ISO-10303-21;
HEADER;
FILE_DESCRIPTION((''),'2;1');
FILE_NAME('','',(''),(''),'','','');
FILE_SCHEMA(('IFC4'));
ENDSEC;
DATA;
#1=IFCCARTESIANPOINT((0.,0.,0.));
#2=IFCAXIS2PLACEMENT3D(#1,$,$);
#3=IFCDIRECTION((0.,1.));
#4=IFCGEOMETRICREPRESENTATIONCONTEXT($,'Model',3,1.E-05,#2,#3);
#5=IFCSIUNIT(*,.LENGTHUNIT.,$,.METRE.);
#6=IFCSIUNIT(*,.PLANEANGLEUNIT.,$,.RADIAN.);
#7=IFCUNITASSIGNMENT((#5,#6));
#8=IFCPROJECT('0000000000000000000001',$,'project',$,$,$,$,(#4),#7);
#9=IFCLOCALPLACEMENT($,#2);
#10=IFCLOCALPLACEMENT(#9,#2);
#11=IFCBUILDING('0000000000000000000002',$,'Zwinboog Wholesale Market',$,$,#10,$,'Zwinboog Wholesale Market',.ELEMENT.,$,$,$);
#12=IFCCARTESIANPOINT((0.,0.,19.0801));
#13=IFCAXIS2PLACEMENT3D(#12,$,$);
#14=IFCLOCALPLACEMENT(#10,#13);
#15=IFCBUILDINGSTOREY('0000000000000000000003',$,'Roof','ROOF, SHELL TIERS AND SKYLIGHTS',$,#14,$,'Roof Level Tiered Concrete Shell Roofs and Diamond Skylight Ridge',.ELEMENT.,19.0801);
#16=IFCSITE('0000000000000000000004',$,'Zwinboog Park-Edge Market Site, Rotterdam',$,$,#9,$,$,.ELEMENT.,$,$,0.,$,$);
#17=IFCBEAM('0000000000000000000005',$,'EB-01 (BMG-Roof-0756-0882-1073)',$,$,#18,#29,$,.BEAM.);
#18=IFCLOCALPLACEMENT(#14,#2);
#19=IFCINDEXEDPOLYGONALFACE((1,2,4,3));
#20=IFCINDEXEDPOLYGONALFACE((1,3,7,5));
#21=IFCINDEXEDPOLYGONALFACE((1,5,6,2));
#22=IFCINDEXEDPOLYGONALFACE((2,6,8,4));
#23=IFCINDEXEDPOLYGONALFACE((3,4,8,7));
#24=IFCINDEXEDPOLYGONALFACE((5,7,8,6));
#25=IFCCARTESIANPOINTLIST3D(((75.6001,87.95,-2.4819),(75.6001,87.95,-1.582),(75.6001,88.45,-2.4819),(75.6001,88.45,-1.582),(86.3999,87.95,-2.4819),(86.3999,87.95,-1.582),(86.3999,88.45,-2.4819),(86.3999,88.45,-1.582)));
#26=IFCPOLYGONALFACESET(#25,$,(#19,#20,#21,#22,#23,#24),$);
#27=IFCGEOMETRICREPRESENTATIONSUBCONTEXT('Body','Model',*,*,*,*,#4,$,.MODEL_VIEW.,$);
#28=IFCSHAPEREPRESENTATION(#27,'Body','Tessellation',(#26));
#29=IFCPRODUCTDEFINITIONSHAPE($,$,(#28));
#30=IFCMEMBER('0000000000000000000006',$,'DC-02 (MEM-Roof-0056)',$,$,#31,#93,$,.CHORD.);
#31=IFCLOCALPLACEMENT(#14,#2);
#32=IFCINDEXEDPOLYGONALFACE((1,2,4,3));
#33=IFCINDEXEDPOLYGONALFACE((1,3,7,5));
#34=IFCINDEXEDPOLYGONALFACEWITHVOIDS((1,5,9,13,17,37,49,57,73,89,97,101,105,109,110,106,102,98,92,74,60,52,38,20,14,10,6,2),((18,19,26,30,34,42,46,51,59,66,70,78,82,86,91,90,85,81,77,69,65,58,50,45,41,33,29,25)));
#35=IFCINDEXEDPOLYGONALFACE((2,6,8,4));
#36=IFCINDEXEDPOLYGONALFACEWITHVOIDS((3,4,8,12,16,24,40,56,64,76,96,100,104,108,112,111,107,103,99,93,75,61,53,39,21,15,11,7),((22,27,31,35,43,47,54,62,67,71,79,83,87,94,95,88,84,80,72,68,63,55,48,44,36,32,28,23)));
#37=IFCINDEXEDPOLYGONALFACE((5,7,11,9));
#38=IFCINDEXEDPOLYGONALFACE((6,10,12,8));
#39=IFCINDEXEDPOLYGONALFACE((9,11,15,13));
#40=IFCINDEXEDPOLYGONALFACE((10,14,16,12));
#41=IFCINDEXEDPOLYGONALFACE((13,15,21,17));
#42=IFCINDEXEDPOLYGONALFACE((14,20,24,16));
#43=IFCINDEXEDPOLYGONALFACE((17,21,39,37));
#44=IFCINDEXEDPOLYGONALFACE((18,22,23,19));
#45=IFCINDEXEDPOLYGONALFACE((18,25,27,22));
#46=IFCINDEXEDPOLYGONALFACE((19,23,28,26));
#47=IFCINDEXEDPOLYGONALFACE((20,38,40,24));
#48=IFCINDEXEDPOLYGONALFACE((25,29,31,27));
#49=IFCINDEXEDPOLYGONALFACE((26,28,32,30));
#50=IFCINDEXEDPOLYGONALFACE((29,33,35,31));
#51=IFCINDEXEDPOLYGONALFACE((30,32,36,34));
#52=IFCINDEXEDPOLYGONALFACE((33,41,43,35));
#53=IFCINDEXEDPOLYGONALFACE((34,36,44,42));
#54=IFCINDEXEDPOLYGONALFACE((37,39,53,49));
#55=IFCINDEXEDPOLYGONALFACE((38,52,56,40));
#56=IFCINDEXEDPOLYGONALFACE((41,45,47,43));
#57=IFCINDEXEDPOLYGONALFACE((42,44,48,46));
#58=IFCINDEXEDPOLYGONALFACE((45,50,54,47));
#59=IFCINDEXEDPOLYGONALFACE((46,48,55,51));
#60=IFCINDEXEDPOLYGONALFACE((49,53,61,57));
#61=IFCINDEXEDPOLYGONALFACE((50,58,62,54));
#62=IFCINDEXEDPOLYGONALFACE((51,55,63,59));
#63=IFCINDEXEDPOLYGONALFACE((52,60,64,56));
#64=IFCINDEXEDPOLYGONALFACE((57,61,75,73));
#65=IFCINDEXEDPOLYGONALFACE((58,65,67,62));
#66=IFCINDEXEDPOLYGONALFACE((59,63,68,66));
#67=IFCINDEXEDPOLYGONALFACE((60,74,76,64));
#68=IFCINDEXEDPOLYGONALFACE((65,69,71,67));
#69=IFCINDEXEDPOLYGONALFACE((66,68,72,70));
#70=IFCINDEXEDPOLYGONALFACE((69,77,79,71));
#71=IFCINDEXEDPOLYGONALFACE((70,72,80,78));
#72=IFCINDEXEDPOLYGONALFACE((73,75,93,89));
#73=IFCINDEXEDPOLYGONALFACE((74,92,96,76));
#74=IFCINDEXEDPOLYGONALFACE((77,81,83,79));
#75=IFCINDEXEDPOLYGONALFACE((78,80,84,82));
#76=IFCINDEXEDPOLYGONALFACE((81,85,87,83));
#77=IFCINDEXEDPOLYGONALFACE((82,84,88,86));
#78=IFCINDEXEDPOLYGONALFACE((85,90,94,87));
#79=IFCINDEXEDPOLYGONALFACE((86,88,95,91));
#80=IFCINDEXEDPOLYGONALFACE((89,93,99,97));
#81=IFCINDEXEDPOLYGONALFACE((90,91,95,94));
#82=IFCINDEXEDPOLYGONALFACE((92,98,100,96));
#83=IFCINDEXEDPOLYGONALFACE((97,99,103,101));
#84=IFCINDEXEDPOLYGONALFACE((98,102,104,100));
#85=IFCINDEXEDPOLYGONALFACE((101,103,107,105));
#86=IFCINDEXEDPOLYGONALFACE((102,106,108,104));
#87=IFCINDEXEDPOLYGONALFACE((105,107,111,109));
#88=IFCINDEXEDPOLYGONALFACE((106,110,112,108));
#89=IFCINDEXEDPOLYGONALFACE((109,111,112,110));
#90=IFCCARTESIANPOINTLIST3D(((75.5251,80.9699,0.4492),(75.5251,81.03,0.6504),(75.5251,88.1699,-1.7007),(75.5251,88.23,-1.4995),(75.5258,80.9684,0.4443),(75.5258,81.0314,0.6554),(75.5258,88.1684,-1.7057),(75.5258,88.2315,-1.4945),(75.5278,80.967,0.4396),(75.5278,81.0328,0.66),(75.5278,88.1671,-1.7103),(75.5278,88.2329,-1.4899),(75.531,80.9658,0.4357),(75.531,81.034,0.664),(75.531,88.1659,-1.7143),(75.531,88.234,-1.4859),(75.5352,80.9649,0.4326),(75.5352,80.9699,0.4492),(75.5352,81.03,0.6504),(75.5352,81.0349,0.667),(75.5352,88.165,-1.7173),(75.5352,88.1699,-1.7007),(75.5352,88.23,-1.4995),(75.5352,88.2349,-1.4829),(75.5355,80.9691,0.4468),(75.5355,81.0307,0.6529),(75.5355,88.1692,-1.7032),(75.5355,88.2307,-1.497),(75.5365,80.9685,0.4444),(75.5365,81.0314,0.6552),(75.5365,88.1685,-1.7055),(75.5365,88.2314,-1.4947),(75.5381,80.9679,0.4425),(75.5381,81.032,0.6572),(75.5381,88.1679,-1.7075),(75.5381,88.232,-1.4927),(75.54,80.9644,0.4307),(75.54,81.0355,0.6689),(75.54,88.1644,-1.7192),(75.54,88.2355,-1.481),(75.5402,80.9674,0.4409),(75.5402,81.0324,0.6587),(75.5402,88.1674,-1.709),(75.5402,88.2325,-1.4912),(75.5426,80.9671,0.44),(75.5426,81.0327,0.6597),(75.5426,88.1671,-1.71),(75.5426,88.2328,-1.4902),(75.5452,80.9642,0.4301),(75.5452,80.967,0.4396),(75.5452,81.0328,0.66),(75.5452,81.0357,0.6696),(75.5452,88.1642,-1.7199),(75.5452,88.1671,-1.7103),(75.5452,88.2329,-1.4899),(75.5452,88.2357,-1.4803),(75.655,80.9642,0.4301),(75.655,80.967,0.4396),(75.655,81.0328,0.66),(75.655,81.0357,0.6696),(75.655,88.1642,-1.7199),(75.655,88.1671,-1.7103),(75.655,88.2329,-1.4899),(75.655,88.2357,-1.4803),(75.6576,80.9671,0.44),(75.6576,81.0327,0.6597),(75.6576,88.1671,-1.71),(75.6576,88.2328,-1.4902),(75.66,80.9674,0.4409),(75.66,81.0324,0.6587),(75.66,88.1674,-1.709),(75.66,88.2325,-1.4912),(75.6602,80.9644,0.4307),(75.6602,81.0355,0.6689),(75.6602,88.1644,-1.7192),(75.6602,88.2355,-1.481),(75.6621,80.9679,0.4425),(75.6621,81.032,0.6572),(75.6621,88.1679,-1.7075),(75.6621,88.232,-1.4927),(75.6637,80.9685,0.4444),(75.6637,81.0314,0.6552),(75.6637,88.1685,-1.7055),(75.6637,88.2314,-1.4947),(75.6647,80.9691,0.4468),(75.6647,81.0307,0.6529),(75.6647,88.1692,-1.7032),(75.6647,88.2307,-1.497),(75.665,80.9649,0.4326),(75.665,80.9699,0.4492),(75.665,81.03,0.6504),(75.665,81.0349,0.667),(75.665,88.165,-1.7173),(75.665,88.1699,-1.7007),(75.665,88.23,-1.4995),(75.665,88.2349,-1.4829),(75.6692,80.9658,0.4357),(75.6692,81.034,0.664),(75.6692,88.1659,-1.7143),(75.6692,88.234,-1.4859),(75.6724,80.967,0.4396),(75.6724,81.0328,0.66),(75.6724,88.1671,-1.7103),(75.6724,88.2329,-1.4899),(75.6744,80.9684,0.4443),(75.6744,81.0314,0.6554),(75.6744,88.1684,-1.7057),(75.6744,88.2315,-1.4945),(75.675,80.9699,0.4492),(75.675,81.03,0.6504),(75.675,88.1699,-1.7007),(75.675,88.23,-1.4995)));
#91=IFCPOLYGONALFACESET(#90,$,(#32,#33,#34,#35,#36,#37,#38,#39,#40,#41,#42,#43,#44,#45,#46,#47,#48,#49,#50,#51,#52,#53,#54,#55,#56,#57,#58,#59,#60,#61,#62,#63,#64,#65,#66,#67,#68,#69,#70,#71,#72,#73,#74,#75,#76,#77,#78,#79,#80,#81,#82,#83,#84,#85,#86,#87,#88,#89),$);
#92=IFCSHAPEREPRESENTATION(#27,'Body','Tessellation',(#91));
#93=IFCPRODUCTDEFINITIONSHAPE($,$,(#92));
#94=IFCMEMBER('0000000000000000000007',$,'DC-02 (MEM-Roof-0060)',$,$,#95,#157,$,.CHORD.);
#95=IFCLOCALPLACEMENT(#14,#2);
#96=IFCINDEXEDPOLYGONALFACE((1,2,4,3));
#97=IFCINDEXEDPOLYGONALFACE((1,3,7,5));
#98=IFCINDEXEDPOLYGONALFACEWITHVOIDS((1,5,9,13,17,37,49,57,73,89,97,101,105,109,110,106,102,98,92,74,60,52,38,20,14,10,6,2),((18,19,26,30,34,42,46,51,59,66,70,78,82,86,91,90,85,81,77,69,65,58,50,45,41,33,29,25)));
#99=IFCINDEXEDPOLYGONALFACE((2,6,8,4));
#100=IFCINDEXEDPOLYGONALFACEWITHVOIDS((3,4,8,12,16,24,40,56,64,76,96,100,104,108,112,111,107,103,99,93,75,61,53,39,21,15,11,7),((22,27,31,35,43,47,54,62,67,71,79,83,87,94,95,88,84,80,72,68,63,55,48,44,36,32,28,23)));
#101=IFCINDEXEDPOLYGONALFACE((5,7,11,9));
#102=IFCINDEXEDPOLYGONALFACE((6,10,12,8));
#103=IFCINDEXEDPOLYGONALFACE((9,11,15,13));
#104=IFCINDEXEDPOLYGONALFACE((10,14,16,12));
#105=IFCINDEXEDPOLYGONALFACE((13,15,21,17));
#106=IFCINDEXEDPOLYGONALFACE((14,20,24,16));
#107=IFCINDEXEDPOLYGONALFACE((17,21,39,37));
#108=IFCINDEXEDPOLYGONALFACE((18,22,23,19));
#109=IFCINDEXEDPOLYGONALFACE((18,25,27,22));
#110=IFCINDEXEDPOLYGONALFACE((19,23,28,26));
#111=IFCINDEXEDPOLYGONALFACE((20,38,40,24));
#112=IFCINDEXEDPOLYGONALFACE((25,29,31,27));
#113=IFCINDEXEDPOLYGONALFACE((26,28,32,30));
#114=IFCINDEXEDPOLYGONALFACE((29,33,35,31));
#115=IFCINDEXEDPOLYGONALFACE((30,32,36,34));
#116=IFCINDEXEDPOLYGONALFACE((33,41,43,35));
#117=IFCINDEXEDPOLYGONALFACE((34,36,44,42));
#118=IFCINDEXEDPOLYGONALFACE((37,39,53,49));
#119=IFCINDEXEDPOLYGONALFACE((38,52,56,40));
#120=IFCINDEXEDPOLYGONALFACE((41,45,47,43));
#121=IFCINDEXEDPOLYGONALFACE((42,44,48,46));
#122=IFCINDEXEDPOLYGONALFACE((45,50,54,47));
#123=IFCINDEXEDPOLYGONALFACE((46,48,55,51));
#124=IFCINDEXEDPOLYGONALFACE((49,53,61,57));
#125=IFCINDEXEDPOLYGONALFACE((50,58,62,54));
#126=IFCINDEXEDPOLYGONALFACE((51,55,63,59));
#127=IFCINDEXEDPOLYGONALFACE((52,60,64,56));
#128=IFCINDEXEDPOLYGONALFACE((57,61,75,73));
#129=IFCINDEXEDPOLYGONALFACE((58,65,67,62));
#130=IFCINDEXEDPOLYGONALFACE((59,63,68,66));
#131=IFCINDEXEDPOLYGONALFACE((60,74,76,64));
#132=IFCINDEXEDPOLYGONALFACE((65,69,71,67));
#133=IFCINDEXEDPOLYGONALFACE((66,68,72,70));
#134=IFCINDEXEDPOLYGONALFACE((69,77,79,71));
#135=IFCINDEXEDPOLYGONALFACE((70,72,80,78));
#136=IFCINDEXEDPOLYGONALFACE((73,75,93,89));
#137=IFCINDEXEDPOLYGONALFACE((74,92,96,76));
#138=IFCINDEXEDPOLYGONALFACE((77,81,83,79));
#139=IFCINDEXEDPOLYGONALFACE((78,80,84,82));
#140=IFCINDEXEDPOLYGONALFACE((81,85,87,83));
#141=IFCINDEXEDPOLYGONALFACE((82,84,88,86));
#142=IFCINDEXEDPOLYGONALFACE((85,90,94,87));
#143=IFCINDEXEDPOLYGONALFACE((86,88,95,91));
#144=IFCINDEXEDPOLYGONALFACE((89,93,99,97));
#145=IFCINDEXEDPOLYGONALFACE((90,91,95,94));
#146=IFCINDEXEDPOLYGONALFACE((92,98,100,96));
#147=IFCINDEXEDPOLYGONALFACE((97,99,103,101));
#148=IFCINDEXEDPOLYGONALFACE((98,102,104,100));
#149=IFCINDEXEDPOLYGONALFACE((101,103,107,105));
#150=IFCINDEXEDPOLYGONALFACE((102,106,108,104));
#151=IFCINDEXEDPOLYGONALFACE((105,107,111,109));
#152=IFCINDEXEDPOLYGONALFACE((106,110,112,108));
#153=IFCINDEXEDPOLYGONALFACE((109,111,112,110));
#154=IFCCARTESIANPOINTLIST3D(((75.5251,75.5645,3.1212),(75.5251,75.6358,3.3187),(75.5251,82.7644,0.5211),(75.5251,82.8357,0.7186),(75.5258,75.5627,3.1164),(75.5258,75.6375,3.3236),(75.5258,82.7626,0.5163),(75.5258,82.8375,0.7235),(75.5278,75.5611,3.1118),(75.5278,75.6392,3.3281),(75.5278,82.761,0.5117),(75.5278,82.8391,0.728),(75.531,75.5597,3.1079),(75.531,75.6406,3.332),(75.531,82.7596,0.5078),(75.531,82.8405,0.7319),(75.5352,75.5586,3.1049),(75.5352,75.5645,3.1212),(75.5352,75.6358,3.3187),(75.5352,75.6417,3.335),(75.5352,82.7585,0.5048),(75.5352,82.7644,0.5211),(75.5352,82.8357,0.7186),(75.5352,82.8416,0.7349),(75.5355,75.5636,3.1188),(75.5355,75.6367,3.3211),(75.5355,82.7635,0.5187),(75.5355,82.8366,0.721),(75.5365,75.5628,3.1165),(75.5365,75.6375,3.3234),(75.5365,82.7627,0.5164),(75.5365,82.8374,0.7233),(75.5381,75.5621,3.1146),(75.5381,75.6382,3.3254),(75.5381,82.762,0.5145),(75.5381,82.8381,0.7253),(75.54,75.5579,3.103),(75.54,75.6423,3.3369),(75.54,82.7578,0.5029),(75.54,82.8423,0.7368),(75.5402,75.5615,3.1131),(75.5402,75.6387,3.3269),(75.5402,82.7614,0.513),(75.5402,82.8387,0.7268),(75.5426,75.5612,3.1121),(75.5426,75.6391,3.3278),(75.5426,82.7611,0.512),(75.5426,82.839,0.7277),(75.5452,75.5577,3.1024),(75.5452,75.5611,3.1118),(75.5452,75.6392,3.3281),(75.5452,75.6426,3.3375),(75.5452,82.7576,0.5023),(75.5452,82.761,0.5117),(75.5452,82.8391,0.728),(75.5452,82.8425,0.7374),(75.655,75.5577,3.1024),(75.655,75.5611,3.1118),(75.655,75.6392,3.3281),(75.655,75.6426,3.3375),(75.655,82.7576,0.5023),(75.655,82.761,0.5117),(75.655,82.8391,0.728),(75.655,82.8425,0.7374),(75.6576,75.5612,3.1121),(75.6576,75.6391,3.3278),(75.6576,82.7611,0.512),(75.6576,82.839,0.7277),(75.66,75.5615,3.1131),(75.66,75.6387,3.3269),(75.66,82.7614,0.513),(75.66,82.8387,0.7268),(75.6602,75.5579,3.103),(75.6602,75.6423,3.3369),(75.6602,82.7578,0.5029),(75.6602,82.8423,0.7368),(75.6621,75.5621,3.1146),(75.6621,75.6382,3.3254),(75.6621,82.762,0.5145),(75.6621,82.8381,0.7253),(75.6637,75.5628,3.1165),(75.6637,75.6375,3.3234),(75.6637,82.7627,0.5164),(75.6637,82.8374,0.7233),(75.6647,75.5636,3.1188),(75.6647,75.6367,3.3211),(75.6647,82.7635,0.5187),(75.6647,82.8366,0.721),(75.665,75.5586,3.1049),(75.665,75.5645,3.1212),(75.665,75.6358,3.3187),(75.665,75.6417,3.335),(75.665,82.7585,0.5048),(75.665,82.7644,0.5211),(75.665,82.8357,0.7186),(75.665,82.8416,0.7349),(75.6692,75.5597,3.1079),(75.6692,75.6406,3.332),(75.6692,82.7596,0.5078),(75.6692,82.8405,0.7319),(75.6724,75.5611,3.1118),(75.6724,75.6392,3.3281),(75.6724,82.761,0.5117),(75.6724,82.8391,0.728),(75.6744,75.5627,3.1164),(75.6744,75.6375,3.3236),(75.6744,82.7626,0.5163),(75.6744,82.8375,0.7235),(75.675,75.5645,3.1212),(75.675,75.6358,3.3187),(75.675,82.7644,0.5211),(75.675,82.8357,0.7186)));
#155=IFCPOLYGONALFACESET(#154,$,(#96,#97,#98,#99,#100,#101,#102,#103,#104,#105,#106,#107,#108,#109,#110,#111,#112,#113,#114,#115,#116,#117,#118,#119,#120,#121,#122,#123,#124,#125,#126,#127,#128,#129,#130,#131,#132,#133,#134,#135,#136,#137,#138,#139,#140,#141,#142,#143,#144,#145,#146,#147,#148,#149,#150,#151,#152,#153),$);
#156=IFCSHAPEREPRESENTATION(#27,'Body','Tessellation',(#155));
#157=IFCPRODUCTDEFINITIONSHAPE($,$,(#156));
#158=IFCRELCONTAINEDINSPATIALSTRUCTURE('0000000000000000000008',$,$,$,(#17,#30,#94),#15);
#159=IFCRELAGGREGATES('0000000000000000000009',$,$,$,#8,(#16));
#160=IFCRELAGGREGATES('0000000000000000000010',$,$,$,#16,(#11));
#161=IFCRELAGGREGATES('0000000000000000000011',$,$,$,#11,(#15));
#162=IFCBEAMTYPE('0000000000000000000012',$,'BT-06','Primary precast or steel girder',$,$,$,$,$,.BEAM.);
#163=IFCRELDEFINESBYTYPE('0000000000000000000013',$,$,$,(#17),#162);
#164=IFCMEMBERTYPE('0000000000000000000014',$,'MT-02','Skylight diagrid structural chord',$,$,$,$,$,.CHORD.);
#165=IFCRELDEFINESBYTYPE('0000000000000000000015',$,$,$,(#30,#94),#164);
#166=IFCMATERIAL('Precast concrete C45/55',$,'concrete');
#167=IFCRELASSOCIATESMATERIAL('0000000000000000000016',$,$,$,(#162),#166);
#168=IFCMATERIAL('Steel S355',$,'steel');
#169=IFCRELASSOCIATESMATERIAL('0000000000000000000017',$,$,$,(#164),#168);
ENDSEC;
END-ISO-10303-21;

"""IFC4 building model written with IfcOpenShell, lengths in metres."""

from ifc_helpers import new_model, si_unit, direction, frame, origin, origin_2d, place, context, subcontext, project, spatial, rectangle, hollow_rectangle, extrude, material, material_profile, profile_set, type_object, element, save


model = new_model("IFC4")

# Units and contexts
model_context = context("Model", 3, precision=1e-05, world=origin(), true_north=direction((0.0, 1.0)))
body_context = subcontext(model_context, "Body", "Model", "MODEL_VIEW")
ifc_project = project(units=[si_unit("LENGTHUNIT", "METRE"), si_unit("PLANEANGLEUNIT", "RADIAN")], contexts=[model_context])

# Site, building, storey
site_placement = place(None, origin())
site = spatial("IfcSite", under=ifc_project, at=site_placement, Name="Zwinboog Park-Edge Market Site, Rotterdam", CompositionType="ELEMENT", RefElevation=0.0)
building_placement = place(site_placement, origin())
building = spatial("IfcBuilding", under=site, at=building_placement, Name="Zwinboog Wholesale Market", LongName="Zwinboog Wholesale Market", CompositionType="ELEMENT")
storey_placement = place(building_placement, frame((0.0, 0.0, 19.0801)))
storey = spatial("IfcBuildingStorey", under=building, at=storey_placement, Name="Roof", Description="ROOF, SHELL TIERS AND SKYLIGHTS", LongName="Roof Level Tiered Concrete Shell Roofs and Diamond Skylight Ridge", CompositionType="ELEMENT", Elevation=19.0801)

# Beam
ifc_material_1 = material(Name="Precast concrete C45/55", Category="concrete")
ifc_material_profile_1 = material_profile(ifc_material_1, rectangle(XDim=0.5, YDim=0.8999, at=origin_2d()), Name="PC 500x900")
ifc_profile_set_1 = profile_set([ifc_material_profile_1], Name="Precast concrete C45/55")
beam_type = type_object("IfcBeamType", Name="BT-06", Description="Primary precast or steel girder", PredefinedType="BEAM", material=ifc_profile_set_1)
beam_placement = place(storey_placement, frame((75.6001, 88.2, -2.032), z_axis=(1.0, 0.0, 0.0), x_axis=(0.0, 1.0, 0.0)))
element("IfcBeam", 1, at=beam_placement, inside=storey, type_object=beam_type, Name="EB-01 (BMG-Roof-0756-0882-1073)", PredefinedType="BEAM", context=body_context, shape_type="SweptSolid", body=[
    extrude(rectangle(XDim=0.5, YDim=0.8999, at=origin_2d()), origin(), (0.0, 0.0, 1.0), 10.7998),
])

# Members
ifc_material_2 = material(Name="Steel S355", Category="steel")
ifc_material_profile_2 = material_profile(ifc_material_2, hollow_rectangle(XDim=0.1499, YDim=0.25, WallThickness=0.01, InnerFilletRadius=0.01, OuterFilletRadius=0.02, at=origin_2d()), Name="RHS 250x150x10")
ifc_profile_set_2 = profile_set([ifc_material_profile_2], Name="Steel S355")
member_type_1 = type_object("IfcMemberType", Name="MT-02", Description="Skylight diagrid structural chord", PredefinedType="CHORD", material=ifc_profile_set_2)
member_1_placement = place(storey_placement, frame((75.6001, 88.2, -1.6001), z_axis=(0.0, -0.958195, 0.286117), x_axis=(1.0, 0.0, 0.0)))
element("IfcMember", 2, at=member_1_placement, inside=storey, type_object=member_type_1, Name="DC-02 (MEM-Roof-0056)", PredefinedType="CHORD", context=body_context, shape_type="SweptSolid", body=[
    extrude(hollow_rectangle(XDim=0.1499, YDim=0.25, WallThickness=0.01, InnerFilletRadius=0.01, OuterFilletRadius=0.02, at=origin_2d()), origin(), (0.0, 0.0, 1.0), 7.5142),
])
for number, where, z_axis, x_axis, name in (
    (3, (75.6001, 82.8, 0.6199), (0.0, -0.940549, 0.339658), (1.0, 0.0, 0.0), "DC-02 (MEM-Roof-0060)"),
):
    element("IfcMember", number, at=place(storey_placement, frame(where, z_axis=z_axis, x_axis=x_axis)), inside=storey, type_object=member_type_1, Name=name, PredefinedType="CHORD", context=body_context, shape_type="SweptSolid", body=[
        extrude(hollow_rectangle(XDim=0.1499, YDim=0.25, WallThickness=0.01, InnerFilletRadius=0.01, OuterFilletRadius=0.02, at=origin_2d()), origin(), (0.0, 0.0, 1.0), 7.655),
    ])

save(model, "model.ifc")
